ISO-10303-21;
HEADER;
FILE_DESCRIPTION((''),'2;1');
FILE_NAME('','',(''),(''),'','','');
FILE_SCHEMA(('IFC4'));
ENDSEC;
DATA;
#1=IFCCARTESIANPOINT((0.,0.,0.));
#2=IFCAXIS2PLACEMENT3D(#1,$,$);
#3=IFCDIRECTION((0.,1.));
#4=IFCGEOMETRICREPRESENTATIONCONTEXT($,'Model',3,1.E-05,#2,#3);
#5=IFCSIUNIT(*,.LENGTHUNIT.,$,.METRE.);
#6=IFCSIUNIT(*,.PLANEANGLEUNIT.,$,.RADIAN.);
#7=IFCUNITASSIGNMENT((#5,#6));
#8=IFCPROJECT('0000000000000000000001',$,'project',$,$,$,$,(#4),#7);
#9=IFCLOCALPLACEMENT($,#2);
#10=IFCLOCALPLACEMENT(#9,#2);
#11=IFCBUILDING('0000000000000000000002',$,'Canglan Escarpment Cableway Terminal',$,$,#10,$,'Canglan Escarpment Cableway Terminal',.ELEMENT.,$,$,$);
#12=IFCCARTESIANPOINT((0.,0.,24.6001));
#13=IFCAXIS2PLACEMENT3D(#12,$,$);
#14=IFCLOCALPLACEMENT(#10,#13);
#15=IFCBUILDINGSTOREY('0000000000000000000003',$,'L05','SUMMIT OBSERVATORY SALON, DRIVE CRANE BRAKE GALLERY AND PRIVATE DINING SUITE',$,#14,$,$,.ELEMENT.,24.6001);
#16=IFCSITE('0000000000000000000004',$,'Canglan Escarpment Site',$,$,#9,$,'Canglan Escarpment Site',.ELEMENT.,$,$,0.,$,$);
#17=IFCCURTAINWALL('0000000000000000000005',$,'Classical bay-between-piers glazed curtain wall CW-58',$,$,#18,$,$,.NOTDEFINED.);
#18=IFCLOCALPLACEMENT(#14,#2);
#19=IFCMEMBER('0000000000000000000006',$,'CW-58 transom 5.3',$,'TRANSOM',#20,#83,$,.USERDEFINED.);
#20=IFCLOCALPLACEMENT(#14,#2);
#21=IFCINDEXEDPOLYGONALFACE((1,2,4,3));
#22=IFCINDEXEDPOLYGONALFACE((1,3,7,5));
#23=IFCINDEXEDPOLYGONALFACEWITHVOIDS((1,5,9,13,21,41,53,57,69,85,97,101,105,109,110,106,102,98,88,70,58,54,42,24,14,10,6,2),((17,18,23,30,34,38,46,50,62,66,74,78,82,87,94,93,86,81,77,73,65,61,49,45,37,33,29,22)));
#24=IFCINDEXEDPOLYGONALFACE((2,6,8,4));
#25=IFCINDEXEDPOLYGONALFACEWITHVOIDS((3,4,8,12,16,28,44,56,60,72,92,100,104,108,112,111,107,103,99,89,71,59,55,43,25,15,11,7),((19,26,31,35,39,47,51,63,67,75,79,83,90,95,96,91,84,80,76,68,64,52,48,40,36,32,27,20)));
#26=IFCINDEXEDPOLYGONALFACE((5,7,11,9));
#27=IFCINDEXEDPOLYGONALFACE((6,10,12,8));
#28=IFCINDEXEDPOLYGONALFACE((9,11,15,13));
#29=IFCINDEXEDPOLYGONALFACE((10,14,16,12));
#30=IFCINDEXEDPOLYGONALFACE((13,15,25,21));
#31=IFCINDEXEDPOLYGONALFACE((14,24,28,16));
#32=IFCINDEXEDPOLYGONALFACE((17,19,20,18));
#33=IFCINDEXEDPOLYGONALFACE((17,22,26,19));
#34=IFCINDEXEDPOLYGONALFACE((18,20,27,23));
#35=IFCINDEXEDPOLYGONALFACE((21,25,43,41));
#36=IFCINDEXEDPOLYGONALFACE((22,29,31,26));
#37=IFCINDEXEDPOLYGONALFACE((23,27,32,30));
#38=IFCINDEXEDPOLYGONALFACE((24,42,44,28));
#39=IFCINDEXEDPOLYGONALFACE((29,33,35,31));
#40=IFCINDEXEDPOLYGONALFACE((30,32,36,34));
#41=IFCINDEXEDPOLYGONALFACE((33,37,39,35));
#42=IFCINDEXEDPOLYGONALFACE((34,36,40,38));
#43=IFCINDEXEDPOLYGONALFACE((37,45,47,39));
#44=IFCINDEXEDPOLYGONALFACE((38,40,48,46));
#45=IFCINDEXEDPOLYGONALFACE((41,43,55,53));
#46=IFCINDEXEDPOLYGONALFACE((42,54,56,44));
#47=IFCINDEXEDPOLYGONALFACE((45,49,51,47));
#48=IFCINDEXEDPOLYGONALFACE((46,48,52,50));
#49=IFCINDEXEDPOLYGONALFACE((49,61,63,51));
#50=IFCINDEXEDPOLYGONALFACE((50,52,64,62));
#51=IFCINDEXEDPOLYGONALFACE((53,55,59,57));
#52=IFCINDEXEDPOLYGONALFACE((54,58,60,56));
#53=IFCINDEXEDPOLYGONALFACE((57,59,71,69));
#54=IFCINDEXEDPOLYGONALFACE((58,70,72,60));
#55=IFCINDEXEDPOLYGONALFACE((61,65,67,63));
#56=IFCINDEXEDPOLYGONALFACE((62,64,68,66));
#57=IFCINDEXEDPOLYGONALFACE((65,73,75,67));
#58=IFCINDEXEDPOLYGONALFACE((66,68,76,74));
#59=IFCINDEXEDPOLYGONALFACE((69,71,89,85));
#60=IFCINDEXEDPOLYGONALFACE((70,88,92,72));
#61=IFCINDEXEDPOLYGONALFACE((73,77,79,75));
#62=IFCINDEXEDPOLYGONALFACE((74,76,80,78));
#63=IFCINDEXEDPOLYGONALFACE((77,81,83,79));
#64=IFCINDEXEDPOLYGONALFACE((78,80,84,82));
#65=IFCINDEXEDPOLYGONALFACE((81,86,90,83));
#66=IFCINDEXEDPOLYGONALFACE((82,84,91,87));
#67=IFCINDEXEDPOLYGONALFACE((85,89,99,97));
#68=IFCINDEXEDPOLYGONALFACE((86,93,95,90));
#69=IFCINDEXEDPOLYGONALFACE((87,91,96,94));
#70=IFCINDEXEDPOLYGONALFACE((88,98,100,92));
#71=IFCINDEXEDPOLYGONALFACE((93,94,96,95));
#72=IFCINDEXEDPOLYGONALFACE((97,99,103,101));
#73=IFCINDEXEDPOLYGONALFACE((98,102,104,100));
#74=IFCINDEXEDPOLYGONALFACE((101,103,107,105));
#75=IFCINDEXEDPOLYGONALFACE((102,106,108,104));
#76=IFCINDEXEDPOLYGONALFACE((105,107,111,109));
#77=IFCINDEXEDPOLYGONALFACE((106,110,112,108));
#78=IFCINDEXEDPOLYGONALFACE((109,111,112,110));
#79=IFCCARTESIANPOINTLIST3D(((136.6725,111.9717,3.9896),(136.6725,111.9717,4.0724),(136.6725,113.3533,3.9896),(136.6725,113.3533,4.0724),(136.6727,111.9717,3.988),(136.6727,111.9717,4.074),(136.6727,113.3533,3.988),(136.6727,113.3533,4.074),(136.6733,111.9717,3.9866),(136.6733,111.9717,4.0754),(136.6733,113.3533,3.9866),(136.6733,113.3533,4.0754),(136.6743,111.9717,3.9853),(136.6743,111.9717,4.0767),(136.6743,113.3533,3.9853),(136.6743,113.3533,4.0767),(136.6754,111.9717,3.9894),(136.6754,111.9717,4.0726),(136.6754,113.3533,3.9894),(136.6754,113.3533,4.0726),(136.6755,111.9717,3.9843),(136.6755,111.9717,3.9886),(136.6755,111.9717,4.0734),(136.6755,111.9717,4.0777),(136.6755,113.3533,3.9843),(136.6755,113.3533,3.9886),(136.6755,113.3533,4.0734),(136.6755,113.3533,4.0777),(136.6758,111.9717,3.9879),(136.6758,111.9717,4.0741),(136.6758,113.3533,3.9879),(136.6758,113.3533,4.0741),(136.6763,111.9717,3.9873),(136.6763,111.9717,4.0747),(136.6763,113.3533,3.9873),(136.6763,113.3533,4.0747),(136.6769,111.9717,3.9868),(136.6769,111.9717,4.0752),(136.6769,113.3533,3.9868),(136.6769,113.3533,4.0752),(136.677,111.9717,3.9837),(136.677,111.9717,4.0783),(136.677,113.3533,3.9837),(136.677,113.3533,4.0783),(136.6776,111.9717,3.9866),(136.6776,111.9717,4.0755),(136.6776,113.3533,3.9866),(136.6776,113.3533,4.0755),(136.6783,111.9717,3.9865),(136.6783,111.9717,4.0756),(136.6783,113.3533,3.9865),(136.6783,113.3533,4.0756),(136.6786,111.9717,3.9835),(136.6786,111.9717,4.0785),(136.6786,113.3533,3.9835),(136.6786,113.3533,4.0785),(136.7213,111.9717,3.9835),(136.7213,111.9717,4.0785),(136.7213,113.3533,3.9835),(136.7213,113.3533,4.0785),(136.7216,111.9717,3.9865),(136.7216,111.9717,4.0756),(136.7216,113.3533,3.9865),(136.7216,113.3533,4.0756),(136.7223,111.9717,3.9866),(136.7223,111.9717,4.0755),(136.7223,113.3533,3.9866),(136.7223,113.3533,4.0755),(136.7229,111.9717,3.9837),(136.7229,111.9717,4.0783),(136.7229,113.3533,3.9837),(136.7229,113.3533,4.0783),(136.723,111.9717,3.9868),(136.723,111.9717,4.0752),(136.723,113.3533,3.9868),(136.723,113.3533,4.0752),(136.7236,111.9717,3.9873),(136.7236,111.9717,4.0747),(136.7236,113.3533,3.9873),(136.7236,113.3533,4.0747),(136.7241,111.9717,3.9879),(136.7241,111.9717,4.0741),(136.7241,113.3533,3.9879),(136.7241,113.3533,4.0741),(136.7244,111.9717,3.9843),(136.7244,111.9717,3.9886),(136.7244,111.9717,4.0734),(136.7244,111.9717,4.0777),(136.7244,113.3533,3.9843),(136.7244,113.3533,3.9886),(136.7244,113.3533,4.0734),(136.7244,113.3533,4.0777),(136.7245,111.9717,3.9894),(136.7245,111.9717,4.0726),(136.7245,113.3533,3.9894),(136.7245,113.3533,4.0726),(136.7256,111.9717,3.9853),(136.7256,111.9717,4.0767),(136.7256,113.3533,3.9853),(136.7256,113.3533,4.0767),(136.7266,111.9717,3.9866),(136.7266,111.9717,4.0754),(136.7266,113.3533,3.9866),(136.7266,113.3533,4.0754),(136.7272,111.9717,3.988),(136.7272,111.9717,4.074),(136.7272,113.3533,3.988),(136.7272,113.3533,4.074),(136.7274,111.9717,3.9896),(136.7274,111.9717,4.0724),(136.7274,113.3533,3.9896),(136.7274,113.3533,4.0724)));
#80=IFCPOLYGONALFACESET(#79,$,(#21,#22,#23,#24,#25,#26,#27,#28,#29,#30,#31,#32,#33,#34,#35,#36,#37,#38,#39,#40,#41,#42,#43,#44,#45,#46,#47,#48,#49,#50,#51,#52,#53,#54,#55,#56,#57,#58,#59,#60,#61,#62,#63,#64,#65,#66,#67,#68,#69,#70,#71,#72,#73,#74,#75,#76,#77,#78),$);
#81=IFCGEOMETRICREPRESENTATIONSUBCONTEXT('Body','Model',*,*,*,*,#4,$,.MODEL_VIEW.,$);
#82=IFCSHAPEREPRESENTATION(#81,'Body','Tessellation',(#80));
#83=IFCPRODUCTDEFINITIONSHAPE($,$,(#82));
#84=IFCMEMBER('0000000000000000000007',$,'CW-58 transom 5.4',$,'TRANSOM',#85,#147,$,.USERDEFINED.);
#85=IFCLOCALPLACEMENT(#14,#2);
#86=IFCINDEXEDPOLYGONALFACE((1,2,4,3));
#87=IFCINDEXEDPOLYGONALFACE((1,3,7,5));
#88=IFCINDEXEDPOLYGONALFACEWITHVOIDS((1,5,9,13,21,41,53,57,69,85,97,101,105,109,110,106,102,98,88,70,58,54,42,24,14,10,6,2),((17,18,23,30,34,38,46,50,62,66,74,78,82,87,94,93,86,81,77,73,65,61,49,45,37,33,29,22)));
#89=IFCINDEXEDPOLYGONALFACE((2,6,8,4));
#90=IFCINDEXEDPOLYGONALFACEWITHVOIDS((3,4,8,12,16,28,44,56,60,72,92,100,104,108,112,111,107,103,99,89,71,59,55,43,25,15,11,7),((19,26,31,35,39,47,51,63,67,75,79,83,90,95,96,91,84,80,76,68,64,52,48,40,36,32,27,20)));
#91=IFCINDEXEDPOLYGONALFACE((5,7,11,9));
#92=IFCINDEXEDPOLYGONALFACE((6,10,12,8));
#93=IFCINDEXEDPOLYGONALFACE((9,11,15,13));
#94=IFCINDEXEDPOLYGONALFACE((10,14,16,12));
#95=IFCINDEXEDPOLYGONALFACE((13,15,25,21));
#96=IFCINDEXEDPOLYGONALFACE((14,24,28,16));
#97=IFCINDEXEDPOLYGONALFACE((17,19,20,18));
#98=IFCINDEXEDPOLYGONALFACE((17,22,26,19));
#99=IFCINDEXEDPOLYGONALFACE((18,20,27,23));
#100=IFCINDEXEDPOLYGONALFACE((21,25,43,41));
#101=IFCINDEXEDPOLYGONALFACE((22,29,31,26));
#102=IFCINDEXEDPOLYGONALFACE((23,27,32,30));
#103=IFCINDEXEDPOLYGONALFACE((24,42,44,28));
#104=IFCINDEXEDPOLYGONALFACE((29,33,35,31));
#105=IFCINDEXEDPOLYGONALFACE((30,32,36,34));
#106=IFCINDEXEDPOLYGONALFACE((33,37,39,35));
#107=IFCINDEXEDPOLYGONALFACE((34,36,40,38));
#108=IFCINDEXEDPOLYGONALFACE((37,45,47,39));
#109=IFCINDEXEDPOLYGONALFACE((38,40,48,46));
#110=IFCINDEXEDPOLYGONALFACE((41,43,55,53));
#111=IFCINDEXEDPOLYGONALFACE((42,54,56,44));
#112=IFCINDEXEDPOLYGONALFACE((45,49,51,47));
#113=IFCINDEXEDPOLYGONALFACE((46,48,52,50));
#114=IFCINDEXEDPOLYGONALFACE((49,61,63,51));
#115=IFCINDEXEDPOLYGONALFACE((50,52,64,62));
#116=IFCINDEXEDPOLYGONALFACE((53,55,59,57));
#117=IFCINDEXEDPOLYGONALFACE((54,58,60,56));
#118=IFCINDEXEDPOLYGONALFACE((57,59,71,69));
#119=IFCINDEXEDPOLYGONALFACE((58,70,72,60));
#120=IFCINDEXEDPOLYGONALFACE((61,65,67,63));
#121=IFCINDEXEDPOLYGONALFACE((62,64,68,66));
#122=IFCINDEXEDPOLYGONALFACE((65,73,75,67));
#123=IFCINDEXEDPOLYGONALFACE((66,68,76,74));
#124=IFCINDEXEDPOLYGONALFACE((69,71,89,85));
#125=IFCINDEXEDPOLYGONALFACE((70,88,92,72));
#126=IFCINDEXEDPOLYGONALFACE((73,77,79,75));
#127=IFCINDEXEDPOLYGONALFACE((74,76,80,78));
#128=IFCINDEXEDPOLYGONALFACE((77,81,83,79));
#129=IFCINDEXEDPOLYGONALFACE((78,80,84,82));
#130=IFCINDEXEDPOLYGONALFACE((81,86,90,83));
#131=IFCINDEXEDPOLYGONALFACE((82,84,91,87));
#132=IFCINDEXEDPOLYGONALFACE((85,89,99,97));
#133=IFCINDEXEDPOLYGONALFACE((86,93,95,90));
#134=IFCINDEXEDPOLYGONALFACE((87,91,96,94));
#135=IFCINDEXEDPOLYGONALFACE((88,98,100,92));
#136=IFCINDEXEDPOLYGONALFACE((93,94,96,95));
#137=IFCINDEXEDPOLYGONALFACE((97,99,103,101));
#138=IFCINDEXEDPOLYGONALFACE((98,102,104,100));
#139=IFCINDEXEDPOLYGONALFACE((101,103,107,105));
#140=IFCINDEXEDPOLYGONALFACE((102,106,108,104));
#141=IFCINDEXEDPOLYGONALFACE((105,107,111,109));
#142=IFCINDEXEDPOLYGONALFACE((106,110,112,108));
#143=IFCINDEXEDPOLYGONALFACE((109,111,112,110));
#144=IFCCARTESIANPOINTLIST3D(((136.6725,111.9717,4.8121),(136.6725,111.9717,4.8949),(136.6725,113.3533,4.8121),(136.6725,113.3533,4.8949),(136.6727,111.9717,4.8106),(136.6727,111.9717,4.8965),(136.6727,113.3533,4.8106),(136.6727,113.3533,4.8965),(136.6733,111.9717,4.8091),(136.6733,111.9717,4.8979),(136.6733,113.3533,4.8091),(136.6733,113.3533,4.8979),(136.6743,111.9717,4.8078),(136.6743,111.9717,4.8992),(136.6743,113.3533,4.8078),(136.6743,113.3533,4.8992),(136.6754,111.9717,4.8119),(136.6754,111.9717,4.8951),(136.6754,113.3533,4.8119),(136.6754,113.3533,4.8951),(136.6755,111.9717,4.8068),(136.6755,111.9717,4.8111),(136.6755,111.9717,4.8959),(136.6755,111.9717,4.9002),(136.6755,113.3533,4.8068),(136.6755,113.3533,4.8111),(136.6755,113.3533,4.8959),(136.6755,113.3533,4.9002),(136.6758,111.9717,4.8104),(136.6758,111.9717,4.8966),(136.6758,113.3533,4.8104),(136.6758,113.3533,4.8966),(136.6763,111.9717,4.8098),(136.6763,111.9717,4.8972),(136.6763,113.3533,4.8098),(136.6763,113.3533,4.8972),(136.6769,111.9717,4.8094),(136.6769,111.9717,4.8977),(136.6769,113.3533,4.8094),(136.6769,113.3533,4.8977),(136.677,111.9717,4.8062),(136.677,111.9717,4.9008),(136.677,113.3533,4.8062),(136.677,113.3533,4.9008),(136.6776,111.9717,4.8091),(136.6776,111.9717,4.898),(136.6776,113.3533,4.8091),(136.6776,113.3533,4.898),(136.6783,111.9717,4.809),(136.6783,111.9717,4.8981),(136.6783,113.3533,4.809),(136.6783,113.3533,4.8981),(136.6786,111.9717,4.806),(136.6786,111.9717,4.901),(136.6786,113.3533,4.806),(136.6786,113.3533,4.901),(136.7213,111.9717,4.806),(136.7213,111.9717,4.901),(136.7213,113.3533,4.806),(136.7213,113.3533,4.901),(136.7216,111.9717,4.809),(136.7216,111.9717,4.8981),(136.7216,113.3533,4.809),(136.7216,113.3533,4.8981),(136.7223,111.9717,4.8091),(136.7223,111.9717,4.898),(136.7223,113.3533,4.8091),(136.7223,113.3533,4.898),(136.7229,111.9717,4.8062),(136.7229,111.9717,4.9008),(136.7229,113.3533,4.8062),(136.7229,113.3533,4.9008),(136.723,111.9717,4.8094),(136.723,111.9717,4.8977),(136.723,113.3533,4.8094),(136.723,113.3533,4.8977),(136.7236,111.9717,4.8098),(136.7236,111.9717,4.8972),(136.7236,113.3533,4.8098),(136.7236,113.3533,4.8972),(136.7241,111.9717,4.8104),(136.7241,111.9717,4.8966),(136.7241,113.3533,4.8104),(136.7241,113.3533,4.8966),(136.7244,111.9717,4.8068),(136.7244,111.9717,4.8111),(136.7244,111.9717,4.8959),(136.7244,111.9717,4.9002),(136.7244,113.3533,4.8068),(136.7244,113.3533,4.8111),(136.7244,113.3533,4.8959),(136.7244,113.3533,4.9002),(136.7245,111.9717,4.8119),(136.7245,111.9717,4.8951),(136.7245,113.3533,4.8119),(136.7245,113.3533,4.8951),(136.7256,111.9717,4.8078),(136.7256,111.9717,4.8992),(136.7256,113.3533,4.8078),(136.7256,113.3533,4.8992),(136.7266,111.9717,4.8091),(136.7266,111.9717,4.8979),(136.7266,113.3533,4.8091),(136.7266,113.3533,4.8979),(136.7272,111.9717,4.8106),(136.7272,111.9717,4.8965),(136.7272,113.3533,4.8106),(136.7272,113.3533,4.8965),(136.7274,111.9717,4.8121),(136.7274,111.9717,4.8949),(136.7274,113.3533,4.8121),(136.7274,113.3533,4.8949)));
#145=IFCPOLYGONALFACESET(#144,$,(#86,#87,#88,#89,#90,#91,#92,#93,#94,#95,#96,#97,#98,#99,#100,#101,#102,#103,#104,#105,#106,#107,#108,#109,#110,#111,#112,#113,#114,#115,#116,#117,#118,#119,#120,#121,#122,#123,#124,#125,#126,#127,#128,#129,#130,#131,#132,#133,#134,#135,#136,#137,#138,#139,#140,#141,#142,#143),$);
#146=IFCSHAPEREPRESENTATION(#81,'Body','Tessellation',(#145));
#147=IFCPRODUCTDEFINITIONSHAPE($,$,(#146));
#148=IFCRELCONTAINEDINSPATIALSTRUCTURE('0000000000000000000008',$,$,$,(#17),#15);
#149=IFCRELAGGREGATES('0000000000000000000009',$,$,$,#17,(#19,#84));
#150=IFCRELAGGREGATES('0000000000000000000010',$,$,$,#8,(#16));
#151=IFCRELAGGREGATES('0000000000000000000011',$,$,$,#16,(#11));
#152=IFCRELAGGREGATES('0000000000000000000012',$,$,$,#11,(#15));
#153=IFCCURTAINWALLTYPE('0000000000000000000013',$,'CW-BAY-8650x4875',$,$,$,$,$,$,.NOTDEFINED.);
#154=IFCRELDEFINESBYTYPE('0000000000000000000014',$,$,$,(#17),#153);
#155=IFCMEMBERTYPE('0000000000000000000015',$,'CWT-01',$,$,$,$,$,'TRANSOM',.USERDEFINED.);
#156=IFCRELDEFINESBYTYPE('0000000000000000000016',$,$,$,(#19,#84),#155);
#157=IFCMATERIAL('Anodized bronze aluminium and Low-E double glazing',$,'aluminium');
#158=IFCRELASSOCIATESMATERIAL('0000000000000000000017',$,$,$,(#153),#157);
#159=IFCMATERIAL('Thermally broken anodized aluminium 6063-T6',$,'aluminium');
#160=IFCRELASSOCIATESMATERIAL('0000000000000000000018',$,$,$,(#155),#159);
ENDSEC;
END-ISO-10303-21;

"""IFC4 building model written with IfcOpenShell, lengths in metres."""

from ifc_helpers import new_model, si_unit, direction, frame, origin, origin_2d, place, context, subcontext, project, spatial, hollow_rectangle, extrude, material, material_profile, profile_set, type_object, element, aggregate, save


model = new_model("IFC4")

# Units and contexts
model_context = context("Model", 3, precision=1e-05, world=origin(), true_north=direction((0.0, 1.0)))
body_context = subcontext(model_context, "Body", "Model", "MODEL_VIEW")
ifc_project = project(units=[si_unit("LENGTHUNIT", "METRE"), si_unit("PLANEANGLEUNIT", "RADIAN")], contexts=[model_context])

# Site, building, storey
site_placement = place(None, origin())
site = spatial("IfcSite", under=ifc_project, at=site_placement, Name="Canglan Escarpment Site", LongName="Canglan Escarpment Site", CompositionType="ELEMENT", RefElevation=0.0)
building_placement = place(site_placement, origin())
building = spatial("IfcBuilding", under=site, at=building_placement, Name="Canglan Escarpment Cableway Terminal", LongName="Canglan Escarpment Cableway Terminal", CompositionType="ELEMENT")
storey_placement = place(building_placement, frame((0.0, 0.0, 24.6001)))
storey = spatial("IfcBuildingStorey", under=building, at=storey_placement, Name="L05", Description="SUMMIT OBSERVATORY SALON, DRIVE CRANE BRAKE GALLERY AND PRIVATE DINING SUITE", CompositionType="ELEMENT", Elevation=24.6001)

# Curtain wall, members
ifc_material_1 = material(Name="Anodized bronze aluminium and Low-E double glazing", Category="aluminium")
curtain_wall_type = type_object("IfcCurtainWallType", Name="CW-BAY-8650x4875", PredefinedType="NOTDEFINED", material=ifc_material_1)
curtain_wall_placement = place(storey_placement, origin())
curtain_wall = element("IfcCurtainWall", 1, at=curtain_wall_placement, inside=storey, type_object=curtain_wall_type, Name="Classical bay-between-piers glazed curtain wall CW-58", PredefinedType="NOTDEFINED")
ifc_material_2 = material(Name="Thermally broken anodized aluminium 6063-T6", Category="aluminium")
ifc_material_profile_1 = material_profile(ifc_material_2, hollow_rectangle(XDim=0.0549, YDim=0.095, WallThickness=0.0029, InnerFilletRadius=0.0029, OuterFilletRadius=0.0061, at=origin_2d()), Name="ALU-TRAN 55x95x3")
ifc_profile_set_1 = profile_set([ifc_material_profile_1], Name="Thermally broken anodized aluminium 6063-T6")
member_type_1 = type_object("IfcMemberType", Name="CWT-01", ElementType="TRANSOM", PredefinedType="USERDEFINED", material=ifc_profile_set_1)
member_1_placement = place(storey_placement, frame((136.7, 111.9717, 4.031), z_axis=(0.0, 1.0, 0.0), x_axis=(-1.0, 0.0, 0.0)))
member_1 = element("IfcMember", 2, at=member_1_placement, type_object=member_type_1, Name="CW-58 transom 5.3", ObjectType="TRANSOM", PredefinedType="USERDEFINED", context=body_context, shape_type="SweptSolid", body=[
    extrude(hollow_rectangle(XDim=0.0549, YDim=0.095, WallThickness=0.0029, InnerFilletRadius=0.0029, OuterFilletRadius=0.0061, at=origin_2d()), origin(), (0.0, 0.0, 1.0), 1.3816),
])
member_2_placement = place(storey_placement, frame((136.7, 111.9717, 4.8535), z_axis=(0.0, 1.0, 0.0), x_axis=(-1.0, 0.0, 0.0)))
member_2 = element("IfcMember", 3, at=member_2_placement, type_object=member_type_1, Name="CW-58 transom 5.4", ObjectType="TRANSOM", PredefinedType="USERDEFINED", context=body_context, shape_type="SweptSolid", body=[
    extrude(hollow_rectangle(XDim=0.0549, YDim=0.095, WallThickness=0.0029, InnerFilletRadius=0.0029, OuterFilletRadius=0.0061, at=origin_2d()), origin(), (0.0, 0.0, 1.0), 1.3816),
])

aggregate(curtain_wall, [member_1, member_2])

save(model, "model.ifc")
